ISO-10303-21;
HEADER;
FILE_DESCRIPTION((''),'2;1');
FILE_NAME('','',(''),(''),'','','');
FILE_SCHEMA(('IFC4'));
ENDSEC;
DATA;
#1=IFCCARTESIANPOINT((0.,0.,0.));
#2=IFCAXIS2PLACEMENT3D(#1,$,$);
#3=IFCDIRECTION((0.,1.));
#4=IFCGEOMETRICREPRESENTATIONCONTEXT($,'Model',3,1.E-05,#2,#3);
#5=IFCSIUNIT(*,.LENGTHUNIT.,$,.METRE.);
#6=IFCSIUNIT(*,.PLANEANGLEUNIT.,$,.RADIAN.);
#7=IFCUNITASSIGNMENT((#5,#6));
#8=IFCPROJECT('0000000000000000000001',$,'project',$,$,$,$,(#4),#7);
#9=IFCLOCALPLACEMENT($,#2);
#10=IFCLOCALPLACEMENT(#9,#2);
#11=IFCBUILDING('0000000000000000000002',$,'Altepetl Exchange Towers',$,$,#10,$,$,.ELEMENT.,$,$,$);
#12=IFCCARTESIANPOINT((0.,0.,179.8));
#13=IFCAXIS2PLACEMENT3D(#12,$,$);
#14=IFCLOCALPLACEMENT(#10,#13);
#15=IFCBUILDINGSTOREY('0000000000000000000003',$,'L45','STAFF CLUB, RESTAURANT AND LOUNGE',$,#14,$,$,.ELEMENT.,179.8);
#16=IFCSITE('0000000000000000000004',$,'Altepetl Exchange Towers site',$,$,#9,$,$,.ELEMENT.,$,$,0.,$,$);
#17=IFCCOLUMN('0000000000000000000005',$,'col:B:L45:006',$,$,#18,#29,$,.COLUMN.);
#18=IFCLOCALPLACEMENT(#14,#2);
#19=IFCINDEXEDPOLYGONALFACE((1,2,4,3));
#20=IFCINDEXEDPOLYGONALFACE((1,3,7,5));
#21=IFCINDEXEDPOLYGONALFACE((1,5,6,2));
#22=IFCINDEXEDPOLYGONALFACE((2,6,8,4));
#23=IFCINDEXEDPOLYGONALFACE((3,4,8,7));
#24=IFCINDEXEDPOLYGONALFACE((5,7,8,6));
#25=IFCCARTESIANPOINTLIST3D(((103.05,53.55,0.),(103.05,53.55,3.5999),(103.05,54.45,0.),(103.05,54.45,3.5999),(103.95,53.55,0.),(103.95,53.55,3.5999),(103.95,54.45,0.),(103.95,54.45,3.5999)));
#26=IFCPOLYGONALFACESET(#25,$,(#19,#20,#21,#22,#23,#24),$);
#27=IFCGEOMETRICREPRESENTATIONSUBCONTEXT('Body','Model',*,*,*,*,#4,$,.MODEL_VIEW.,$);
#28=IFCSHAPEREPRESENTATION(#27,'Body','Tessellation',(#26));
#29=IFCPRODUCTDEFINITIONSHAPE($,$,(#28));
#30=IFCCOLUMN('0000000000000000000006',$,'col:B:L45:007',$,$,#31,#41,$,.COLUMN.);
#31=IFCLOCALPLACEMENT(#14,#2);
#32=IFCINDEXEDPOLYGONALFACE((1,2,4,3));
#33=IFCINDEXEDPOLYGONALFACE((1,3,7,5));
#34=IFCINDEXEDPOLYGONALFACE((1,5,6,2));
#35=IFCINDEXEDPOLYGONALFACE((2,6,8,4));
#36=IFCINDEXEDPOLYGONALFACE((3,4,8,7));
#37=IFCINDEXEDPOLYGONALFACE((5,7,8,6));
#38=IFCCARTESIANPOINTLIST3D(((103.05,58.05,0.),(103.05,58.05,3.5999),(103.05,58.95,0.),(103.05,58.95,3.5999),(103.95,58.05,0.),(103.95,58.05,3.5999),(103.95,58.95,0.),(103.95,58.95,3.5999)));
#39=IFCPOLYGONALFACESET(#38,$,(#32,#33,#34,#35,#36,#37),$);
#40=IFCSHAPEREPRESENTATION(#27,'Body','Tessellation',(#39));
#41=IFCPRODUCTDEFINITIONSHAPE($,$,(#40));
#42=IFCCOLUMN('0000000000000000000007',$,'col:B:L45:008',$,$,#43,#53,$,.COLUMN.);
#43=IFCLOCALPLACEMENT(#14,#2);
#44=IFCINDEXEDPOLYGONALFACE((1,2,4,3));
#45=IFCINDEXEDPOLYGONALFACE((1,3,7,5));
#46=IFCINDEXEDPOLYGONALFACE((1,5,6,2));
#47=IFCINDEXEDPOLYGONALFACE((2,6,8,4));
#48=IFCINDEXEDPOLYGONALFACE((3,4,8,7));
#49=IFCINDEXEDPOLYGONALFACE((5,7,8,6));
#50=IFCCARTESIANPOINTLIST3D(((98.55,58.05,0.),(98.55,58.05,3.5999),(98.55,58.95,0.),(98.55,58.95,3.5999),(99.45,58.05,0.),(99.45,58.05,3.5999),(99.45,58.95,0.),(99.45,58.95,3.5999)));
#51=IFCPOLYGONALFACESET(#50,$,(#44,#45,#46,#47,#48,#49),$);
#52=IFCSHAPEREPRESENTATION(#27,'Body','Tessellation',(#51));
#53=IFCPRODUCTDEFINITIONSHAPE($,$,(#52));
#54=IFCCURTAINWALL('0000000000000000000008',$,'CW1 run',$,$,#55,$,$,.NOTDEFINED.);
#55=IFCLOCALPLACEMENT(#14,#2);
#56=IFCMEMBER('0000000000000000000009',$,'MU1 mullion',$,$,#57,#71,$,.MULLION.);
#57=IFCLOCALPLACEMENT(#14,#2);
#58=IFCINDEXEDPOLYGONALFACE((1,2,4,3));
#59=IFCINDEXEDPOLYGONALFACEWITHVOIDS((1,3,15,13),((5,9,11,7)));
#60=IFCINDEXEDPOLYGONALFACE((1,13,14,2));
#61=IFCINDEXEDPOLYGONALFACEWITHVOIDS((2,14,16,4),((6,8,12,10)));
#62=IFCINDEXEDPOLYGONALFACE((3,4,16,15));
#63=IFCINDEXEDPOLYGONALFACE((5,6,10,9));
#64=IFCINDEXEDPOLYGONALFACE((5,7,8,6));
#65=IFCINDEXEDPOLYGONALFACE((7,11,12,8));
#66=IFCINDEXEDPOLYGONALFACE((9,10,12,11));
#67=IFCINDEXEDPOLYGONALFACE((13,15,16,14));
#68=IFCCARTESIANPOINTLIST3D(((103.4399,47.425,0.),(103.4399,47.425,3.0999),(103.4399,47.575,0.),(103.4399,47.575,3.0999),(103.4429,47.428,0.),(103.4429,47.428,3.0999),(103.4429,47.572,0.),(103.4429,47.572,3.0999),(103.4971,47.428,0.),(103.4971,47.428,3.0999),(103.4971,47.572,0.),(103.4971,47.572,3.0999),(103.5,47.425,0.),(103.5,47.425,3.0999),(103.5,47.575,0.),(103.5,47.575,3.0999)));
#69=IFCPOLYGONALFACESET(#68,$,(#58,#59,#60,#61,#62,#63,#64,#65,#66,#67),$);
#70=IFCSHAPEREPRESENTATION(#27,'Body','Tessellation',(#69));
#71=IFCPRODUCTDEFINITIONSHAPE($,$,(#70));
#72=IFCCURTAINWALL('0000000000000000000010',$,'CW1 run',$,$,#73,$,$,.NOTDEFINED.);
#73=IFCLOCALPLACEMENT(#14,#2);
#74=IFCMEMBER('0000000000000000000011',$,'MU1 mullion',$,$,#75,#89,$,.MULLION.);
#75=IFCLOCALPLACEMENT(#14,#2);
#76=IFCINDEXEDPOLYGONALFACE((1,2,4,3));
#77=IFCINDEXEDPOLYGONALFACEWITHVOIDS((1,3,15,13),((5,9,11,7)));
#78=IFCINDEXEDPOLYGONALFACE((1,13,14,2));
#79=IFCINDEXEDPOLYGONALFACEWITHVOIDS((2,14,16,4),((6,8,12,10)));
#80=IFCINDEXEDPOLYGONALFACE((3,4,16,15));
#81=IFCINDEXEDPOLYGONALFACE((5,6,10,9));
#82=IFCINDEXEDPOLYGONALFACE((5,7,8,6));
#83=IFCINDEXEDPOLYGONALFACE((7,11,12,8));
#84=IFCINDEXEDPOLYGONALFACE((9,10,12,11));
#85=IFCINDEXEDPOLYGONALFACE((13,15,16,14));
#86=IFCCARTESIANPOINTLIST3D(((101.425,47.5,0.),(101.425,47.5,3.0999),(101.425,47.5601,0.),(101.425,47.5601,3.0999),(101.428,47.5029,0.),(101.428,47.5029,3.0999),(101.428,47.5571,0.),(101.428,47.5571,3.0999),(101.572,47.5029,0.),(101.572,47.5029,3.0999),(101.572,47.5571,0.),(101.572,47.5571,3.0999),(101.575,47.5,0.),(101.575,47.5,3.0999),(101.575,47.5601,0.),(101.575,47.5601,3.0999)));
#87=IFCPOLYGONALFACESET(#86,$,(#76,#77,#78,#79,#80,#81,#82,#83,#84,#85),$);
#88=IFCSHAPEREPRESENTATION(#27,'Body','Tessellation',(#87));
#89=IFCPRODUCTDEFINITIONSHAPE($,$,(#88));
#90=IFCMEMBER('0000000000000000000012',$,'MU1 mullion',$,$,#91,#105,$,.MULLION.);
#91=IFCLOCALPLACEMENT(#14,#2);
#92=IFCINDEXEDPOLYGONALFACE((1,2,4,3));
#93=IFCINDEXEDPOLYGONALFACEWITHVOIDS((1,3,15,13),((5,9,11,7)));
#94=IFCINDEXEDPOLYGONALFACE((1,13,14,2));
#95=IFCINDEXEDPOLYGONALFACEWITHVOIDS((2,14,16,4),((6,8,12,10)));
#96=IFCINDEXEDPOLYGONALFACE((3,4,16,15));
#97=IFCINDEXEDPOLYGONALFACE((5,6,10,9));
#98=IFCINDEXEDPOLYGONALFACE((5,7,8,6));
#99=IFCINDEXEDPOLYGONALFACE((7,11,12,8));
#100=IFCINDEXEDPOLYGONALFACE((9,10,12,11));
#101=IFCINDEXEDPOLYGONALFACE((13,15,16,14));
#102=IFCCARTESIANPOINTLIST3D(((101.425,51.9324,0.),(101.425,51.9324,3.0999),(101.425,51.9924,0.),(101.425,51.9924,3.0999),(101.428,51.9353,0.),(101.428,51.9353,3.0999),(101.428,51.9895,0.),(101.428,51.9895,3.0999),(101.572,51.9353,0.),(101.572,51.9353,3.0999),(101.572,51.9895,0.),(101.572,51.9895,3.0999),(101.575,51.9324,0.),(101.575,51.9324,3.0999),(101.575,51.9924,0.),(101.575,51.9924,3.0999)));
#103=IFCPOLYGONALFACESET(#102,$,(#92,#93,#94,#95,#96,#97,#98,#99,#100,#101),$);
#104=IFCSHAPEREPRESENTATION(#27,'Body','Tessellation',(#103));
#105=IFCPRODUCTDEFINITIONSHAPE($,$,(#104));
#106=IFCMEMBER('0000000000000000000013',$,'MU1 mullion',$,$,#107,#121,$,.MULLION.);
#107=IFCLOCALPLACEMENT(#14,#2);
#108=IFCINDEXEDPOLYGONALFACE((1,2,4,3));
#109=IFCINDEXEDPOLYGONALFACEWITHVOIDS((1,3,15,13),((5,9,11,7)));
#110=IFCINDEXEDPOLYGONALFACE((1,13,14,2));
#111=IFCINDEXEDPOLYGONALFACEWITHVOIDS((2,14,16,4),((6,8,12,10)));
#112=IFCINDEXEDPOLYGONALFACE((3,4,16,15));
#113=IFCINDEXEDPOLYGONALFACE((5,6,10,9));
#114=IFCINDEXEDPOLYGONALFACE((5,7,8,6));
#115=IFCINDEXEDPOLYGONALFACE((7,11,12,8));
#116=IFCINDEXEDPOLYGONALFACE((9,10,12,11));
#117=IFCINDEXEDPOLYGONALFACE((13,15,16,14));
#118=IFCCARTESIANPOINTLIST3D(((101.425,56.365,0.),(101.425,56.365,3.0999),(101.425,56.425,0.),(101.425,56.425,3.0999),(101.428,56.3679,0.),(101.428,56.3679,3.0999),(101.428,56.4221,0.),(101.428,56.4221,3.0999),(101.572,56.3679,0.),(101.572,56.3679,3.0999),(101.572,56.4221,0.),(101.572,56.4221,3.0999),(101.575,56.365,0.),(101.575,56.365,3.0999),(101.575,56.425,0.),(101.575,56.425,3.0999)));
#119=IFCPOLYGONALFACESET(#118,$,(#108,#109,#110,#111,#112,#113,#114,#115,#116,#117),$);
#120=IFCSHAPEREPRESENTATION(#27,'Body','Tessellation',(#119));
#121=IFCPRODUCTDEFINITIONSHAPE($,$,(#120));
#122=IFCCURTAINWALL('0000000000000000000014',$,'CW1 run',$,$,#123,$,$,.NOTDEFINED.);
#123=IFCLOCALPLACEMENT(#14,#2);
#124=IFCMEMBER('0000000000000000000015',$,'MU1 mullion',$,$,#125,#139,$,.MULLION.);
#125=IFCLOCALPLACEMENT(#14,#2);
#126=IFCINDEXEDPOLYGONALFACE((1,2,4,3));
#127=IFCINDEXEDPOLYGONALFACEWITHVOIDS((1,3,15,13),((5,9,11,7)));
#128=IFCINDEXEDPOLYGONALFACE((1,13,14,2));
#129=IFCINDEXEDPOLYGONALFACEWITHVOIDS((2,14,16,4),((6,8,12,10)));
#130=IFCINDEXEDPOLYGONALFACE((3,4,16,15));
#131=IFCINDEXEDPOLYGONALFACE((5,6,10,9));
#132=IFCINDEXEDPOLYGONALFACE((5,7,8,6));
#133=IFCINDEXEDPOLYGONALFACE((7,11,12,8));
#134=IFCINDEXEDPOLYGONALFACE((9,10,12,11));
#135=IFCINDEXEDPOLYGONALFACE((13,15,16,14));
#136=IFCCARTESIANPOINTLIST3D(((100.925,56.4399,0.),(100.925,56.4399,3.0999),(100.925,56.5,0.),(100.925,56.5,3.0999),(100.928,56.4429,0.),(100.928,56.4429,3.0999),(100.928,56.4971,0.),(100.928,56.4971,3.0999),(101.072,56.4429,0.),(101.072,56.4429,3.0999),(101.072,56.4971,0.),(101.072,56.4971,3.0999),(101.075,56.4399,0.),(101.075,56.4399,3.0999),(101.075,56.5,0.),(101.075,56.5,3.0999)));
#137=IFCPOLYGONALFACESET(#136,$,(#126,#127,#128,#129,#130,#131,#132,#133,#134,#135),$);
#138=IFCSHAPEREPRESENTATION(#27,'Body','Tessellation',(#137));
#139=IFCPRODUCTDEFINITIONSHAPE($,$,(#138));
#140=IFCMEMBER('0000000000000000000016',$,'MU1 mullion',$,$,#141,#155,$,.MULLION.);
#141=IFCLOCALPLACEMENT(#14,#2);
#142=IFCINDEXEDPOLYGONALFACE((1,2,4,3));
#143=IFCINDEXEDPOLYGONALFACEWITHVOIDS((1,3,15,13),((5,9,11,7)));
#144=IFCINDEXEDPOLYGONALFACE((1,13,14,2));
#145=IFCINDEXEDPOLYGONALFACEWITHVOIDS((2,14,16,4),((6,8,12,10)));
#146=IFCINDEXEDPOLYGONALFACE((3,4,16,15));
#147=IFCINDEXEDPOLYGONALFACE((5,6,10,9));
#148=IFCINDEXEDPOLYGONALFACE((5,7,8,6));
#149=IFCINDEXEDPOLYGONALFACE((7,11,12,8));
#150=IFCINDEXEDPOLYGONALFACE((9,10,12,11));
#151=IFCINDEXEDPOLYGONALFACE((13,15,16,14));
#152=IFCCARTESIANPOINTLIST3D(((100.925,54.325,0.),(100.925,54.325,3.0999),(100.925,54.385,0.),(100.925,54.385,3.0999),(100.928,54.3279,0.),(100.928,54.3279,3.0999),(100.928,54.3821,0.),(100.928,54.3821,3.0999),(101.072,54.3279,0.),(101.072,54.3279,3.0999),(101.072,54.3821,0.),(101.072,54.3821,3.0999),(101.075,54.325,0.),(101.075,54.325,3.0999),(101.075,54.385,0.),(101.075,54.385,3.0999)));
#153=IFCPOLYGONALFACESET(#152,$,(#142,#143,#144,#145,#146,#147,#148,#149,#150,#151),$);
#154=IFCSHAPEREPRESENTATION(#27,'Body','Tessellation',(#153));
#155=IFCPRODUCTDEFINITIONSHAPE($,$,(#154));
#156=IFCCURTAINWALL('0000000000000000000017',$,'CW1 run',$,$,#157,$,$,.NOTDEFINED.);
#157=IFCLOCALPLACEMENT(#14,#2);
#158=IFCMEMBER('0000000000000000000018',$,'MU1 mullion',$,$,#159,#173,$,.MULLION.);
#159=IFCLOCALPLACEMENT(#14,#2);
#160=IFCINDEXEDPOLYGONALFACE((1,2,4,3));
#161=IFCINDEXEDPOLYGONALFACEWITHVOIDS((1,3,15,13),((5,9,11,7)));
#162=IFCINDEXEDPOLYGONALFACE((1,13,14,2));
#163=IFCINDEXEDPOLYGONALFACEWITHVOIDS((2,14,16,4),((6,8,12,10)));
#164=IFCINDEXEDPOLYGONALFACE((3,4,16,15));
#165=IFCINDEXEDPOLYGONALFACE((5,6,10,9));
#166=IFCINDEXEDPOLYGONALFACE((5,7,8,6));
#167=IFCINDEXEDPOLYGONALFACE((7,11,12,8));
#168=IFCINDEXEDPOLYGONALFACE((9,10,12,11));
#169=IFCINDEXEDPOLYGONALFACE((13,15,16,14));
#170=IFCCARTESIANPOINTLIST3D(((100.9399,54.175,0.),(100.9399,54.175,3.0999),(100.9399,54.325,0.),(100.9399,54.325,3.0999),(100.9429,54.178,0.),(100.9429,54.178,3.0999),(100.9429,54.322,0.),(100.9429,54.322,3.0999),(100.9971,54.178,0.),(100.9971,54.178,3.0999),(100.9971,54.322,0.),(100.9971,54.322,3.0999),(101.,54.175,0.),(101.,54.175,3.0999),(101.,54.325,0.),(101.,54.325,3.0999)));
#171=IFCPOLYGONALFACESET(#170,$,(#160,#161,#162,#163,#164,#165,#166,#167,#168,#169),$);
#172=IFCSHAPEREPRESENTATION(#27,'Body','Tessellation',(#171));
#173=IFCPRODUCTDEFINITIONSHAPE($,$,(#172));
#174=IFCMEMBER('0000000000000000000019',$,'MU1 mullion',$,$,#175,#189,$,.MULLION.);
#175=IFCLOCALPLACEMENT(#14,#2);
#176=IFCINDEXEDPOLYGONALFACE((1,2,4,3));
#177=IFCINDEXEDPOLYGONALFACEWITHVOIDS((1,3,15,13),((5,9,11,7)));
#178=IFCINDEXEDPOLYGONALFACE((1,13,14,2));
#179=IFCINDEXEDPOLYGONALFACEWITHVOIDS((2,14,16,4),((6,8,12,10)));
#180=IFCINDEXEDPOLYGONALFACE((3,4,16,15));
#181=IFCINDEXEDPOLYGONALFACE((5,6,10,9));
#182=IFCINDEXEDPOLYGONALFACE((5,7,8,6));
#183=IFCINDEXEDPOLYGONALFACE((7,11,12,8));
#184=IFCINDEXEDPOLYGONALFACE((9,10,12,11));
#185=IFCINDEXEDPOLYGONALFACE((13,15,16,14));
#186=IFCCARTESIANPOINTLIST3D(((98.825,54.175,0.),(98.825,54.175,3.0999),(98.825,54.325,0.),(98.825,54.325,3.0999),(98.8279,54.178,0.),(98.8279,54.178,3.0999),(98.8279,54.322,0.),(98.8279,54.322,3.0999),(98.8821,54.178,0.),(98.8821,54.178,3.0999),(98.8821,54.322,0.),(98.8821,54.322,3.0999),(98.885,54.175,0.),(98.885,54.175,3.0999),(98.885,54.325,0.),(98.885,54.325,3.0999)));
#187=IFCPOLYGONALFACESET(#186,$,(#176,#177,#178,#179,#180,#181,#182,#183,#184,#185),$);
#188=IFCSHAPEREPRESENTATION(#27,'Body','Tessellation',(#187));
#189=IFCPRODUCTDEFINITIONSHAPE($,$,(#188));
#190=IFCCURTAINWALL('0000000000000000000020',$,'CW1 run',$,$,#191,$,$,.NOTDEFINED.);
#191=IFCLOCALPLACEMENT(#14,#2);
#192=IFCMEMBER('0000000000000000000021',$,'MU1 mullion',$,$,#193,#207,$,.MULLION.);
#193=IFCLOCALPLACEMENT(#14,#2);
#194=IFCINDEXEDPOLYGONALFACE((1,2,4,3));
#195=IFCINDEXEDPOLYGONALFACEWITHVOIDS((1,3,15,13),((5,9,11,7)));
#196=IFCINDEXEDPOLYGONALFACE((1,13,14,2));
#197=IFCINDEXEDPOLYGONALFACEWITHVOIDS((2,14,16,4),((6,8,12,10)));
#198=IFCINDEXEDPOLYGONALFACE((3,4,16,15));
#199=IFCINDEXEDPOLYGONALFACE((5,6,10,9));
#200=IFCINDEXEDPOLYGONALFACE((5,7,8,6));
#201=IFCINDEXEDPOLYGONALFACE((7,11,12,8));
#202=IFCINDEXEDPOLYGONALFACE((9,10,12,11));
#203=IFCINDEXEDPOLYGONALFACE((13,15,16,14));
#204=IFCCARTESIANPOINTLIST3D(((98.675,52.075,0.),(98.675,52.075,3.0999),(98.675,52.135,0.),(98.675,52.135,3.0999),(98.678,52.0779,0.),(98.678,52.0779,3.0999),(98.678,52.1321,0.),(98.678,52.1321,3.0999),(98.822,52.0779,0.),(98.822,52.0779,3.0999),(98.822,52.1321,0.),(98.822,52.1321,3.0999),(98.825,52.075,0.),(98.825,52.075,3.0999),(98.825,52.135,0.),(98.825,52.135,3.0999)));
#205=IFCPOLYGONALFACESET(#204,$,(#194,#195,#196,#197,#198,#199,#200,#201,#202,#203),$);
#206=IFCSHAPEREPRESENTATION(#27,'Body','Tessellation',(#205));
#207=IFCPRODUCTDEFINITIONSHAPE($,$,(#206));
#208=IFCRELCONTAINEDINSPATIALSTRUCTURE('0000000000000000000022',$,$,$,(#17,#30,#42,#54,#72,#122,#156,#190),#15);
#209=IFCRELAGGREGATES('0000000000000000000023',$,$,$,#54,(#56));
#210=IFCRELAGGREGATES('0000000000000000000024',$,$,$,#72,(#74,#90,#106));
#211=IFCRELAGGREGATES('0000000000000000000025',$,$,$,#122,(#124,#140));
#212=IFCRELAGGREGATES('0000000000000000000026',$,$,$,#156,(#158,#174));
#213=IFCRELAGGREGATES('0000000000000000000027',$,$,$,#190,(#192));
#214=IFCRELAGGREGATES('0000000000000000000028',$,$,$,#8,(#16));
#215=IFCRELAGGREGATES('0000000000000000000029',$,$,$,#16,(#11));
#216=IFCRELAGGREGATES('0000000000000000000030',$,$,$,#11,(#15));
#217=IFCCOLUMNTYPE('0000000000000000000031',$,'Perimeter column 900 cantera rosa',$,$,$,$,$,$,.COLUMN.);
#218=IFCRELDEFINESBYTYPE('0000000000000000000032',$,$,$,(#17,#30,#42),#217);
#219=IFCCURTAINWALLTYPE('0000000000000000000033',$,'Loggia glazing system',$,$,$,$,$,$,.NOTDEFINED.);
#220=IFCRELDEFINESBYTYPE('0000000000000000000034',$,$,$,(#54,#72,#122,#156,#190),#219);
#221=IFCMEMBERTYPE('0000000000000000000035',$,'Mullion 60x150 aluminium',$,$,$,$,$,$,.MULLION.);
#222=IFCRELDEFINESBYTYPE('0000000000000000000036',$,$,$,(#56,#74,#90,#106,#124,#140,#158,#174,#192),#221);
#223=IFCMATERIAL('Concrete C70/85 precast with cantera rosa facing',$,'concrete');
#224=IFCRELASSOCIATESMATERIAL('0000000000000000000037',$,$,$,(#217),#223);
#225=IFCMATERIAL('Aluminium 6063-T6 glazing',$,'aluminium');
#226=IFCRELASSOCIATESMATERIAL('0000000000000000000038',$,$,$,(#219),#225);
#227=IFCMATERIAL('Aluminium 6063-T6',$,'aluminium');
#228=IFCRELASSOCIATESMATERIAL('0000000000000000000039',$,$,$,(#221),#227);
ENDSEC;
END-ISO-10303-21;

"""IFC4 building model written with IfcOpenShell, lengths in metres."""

from ifc_helpers import new_model, si_unit, direction, frame, origin, origin_2d, place, context, subcontext, project, spatial, rectangle, hollow_rectangle, extrude, material, material_profile, profile_set, type_object, element, aggregate, save


model = new_model("IFC4")

# Units and contexts
model_context = context("Model", 3, precision=1e-05, world=origin(), true_north=direction((0.0, 1.0)))
body_context = subcontext(model_context, "Body", "Model", "MODEL_VIEW")
ifc_project = project(units=[si_unit("LENGTHUNIT", "METRE"), si_unit("PLANEANGLEUNIT", "RADIAN")], contexts=[model_context])

# Site, building, storey
site_placement = place(None, origin())
site = spatial("IfcSite", under=ifc_project, at=site_placement, Name="Altepetl Exchange Towers site", CompositionType="ELEMENT", RefElevation=0.0)
building_placement = place(site_placement, origin())
building = spatial("IfcBuilding", under=site, at=building_placement, Name="Altepetl Exchange Towers", CompositionType="ELEMENT")
storey_placement = place(building_placement, frame((0.0, 0.0, 179.8)))
storey = spatial("IfcBuildingStorey", under=building, at=storey_placement, Name="L45", Description="STAFF CLUB, RESTAURANT AND LOUNGE", CompositionType="ELEMENT", Elevation=179.8)

# Columns
ifc_material_1 = material(Name="Concrete C70/85 precast with cantera rosa facing", Category="concrete")
ifc_material_profile_1 = material_profile(ifc_material_1, rectangle(XDim=0.8999, YDim=0.8999, at=origin_2d()), Name="900 x 900")
ifc_profile_set_1 = profile_set([ifc_material_profile_1], Name="Concrete C70/85 precast with cantera rosa facing")
column_type = type_object("IfcColumnType", Name="Perimeter column 900 cantera rosa", PredefinedType="COLUMN", material=ifc_profile_set_1)
for number, where, name in (
    (1, (103.5, 54.0, 0.0), "col:B:L45:006"),
    (2, (103.5, 58.5, 0.0), "col:B:L45:007"),
    (3, (99.0, 58.5, 0.0), "col:B:L45:008"),
):
    element("IfcColumn", number, at=place(storey_placement, frame(where)), inside=storey, type_object=column_type, Name=name, PredefinedType="COLUMN", context=body_context, shape_type="SweptSolid", body=[
        extrude(rectangle(XDim=0.8999, YDim=0.8999, at=origin_2d()), origin(), (0.0, 0.0, 1.0), 3.5999),
    ])

# Curtain wall, member
ifc_material_2 = material(Name="Aluminium 6063-T6 glazing", Category="aluminium")
curtain_wall_type = type_object("IfcCurtainWallType", Name="Loggia glazing system", PredefinedType="NOTDEFINED", material=ifc_material_2)
curtain_wall_1_placement = place(storey_placement, origin())
curtain_wall_1 = element("IfcCurtainWall", 4, at=curtain_wall_1_placement, inside=storey, type_object=curtain_wall_type, Name="CW1 run", PredefinedType="NOTDEFINED")
ifc_material_3 = material(Name="Aluminium 6063-T6", Category="aluminium")
ifc_material_profile_2 = material_profile(ifc_material_3, hollow_rectangle(XDim=0.0601, YDim=0.1499, WallThickness=0.0029, at=origin_2d()), Name="Mullion 60x150 aluminium")
ifc_profile_set_2 = profile_set([ifc_material_profile_2], Name="Aluminium 6063-T6")
member_type = type_object("IfcMemberType", Name="Mullion 60x150 aluminium", PredefinedType="MULLION", material=ifc_profile_set_2)
member_1_placement = place(storey_placement, frame((103.47, 47.5, 0.0), z_axis=(0.0, 0.0, 1.0), x_axis=(-1.0, 0.0, 0.0)))
member_1 = element("IfcMember", 5, at=member_1_placement, type_object=member_type, Name="MU1 mullion", PredefinedType="MULLION", context=body_context, shape_type="SweptSolid", body=[
    extrude(hollow_rectangle(XDim=0.0601, YDim=0.1499, WallThickness=0.0029, at=origin_2d()), origin(), (0.0, 0.0, 1.0), 3.0999),
])
aggregate(curtain_wall_1, [member_1])

# Curtain walls, members
curtain_wall_2_placement = place(storey_placement, origin())
curtain_wall_2 = element("IfcCurtainWall", 6, at=curtain_wall_2_placement, inside=storey, type_object=curtain_wall_type, Name="CW1 run", PredefinedType="NOTDEFINED")
member_2_placement = place(storey_placement, frame((101.5, 47.53, 0.0), z_axis=(0.0, 0.0, 1.0), x_axis=(0.0, 1.0, 0.0)))
member_2 = element("IfcMember", 7, at=member_2_placement, type_object=member_type, Name="MU1 mullion", PredefinedType="MULLION", context=body_context, shape_type="SweptSolid", body=[
    extrude(hollow_rectangle(XDim=0.0601, YDim=0.1499, WallThickness=0.0029, at=origin_2d()), origin(), (0.0, 0.0, 1.0), 3.0999),
])
member_3_placement = place(storey_placement, frame((101.5, 51.9624, 0.0), z_axis=(0.0, 0.0, 1.0), x_axis=(0.0, 1.0, 0.0)))
member_3 = element("IfcMember", 8, at=member_3_placement, type_object=member_type, Name="MU1 mullion", PredefinedType="MULLION", context=body_context, shape_type="SweptSolid", body=[
    extrude(hollow_rectangle(XDim=0.0601, YDim=0.1499, WallThickness=0.0029, at=origin_2d()), origin(), (0.0, 0.0, 1.0), 3.0999),
])
member_4_placement = place(storey_placement, frame((101.5, 56.395, 0.0), z_axis=(0.0, 0.0, 1.0), x_axis=(0.0, 1.0, 0.0)))
member_4 = element("IfcMember", 9, at=member_4_placement, type_object=member_type, Name="MU1 mullion", PredefinedType="MULLION", context=body_context, shape_type="SweptSolid", body=[
    extrude(hollow_rectangle(XDim=0.0601, YDim=0.1499, WallThickness=0.0029, at=origin_2d()), origin(), (0.0, 0.0, 1.0), 3.0999),
])
curtain_wall_3_placement = place(storey_placement, origin())
curtain_wall_3 = element("IfcCurtainWall", 10, at=curtain_wall_3_placement, inside=storey, type_object=curtain_wall_type, Name="CW1 run", PredefinedType="NOTDEFINED")
member_5_placement = place(storey_placement, frame((101.0, 56.47, 0.0), z_axis=(0.0, 0.0, 1.0), x_axis=(0.0, -1.0, 0.0)))
member_5 = element("IfcMember", 11, at=member_5_placement, type_object=member_type, Name="MU1 mullion", PredefinedType="MULLION", context=body_context, shape_type="SweptSolid", body=[
    extrude(hollow_rectangle(XDim=0.0601, YDim=0.1499, WallThickness=0.0029, at=origin_2d()), origin(), (0.0, 0.0, 1.0), 3.0999),
])
member_6_placement = place(storey_placement, frame((101.0, 54.355, 0.0), z_axis=(0.0, 0.0, 1.0), x_axis=(0.0, -1.0, 0.0)))
member_6 = element("IfcMember", 12, at=member_6_placement, type_object=member_type, Name="MU1 mullion", PredefinedType="MULLION", context=body_context, shape_type="SweptSolid", body=[
    extrude(hollow_rectangle(XDim=0.0601, YDim=0.1499, WallThickness=0.0029, at=origin_2d()), origin(), (0.0, 0.0, 1.0), 3.0999),
])
curtain_wall_4_placement = place(storey_placement, origin())
curtain_wall_4 = element("IfcCurtainWall", 13, at=curtain_wall_4_placement, inside=storey, type_object=curtain_wall_type, Name="CW1 run", PredefinedType="NOTDEFINED")
member_7_placement = place(storey_placement, frame((100.97, 54.25, 0.0), z_axis=(0.0, 0.0, 1.0), x_axis=(-1.0, 0.0, 0.0)))
member_7 = element("IfcMember", 14, at=member_7_placement, type_object=member_type, Name="MU1 mullion", PredefinedType="MULLION", context=body_context, shape_type="SweptSolid", body=[
    extrude(hollow_rectangle(XDim=0.0601, YDim=0.1499, WallThickness=0.0029, at=origin_2d()), origin(), (0.0, 0.0, 1.0), 3.0999),
])
member_8_placement = place(storey_placement, frame((98.855, 54.25, 0.0), z_axis=(0.0, 0.0, 1.0), x_axis=(-1.0, 0.0, 0.0)))
member_8 = element("IfcMember", 15, at=member_8_placement, type_object=member_type, Name="MU1 mullion", PredefinedType="MULLION", context=body_context, shape_type="SweptSolid", body=[
    extrude(hollow_rectangle(XDim=0.0601, YDim=0.1499, WallThickness=0.0029, at=origin_2d()), origin(), (0.0, 0.0, 1.0), 3.0999),
])

# Curtain wall, member
curtain_wall_5_placement = place(storey_placement, origin())
curtain_wall_5 = element("IfcCurtainWall", 16, at=curtain_wall_5_placement, inside=storey, type_object=curtain_wall_type, Name="CW1 run", PredefinedType="NOTDEFINED")
member_9_placement = place(storey_placement, frame((98.75, 52.105, 0.0), z_axis=(0.0, 0.0, 1.0), x_axis=(0.0, -1.0, 0.0)))
member_9 = element("IfcMember", 17, at=member_9_placement, type_object=member_type, Name="MU1 mullion", PredefinedType="MULLION", context=body_context, shape_type="SweptSolid", body=[
    extrude(hollow_rectangle(XDim=0.0601, YDim=0.1499, WallThickness=0.0029, at=origin_2d()), origin(), (0.0, 0.0, 1.0), 3.0999),
])

aggregate(curtain_wall_2, [member_2, member_3, member_4])
aggregate(curtain_wall_3, [member_5, member_6])
aggregate(curtain_wall_4, [member_7, member_8])
aggregate(curtain_wall_5, [member_9])

save(model, "model.ifc")
